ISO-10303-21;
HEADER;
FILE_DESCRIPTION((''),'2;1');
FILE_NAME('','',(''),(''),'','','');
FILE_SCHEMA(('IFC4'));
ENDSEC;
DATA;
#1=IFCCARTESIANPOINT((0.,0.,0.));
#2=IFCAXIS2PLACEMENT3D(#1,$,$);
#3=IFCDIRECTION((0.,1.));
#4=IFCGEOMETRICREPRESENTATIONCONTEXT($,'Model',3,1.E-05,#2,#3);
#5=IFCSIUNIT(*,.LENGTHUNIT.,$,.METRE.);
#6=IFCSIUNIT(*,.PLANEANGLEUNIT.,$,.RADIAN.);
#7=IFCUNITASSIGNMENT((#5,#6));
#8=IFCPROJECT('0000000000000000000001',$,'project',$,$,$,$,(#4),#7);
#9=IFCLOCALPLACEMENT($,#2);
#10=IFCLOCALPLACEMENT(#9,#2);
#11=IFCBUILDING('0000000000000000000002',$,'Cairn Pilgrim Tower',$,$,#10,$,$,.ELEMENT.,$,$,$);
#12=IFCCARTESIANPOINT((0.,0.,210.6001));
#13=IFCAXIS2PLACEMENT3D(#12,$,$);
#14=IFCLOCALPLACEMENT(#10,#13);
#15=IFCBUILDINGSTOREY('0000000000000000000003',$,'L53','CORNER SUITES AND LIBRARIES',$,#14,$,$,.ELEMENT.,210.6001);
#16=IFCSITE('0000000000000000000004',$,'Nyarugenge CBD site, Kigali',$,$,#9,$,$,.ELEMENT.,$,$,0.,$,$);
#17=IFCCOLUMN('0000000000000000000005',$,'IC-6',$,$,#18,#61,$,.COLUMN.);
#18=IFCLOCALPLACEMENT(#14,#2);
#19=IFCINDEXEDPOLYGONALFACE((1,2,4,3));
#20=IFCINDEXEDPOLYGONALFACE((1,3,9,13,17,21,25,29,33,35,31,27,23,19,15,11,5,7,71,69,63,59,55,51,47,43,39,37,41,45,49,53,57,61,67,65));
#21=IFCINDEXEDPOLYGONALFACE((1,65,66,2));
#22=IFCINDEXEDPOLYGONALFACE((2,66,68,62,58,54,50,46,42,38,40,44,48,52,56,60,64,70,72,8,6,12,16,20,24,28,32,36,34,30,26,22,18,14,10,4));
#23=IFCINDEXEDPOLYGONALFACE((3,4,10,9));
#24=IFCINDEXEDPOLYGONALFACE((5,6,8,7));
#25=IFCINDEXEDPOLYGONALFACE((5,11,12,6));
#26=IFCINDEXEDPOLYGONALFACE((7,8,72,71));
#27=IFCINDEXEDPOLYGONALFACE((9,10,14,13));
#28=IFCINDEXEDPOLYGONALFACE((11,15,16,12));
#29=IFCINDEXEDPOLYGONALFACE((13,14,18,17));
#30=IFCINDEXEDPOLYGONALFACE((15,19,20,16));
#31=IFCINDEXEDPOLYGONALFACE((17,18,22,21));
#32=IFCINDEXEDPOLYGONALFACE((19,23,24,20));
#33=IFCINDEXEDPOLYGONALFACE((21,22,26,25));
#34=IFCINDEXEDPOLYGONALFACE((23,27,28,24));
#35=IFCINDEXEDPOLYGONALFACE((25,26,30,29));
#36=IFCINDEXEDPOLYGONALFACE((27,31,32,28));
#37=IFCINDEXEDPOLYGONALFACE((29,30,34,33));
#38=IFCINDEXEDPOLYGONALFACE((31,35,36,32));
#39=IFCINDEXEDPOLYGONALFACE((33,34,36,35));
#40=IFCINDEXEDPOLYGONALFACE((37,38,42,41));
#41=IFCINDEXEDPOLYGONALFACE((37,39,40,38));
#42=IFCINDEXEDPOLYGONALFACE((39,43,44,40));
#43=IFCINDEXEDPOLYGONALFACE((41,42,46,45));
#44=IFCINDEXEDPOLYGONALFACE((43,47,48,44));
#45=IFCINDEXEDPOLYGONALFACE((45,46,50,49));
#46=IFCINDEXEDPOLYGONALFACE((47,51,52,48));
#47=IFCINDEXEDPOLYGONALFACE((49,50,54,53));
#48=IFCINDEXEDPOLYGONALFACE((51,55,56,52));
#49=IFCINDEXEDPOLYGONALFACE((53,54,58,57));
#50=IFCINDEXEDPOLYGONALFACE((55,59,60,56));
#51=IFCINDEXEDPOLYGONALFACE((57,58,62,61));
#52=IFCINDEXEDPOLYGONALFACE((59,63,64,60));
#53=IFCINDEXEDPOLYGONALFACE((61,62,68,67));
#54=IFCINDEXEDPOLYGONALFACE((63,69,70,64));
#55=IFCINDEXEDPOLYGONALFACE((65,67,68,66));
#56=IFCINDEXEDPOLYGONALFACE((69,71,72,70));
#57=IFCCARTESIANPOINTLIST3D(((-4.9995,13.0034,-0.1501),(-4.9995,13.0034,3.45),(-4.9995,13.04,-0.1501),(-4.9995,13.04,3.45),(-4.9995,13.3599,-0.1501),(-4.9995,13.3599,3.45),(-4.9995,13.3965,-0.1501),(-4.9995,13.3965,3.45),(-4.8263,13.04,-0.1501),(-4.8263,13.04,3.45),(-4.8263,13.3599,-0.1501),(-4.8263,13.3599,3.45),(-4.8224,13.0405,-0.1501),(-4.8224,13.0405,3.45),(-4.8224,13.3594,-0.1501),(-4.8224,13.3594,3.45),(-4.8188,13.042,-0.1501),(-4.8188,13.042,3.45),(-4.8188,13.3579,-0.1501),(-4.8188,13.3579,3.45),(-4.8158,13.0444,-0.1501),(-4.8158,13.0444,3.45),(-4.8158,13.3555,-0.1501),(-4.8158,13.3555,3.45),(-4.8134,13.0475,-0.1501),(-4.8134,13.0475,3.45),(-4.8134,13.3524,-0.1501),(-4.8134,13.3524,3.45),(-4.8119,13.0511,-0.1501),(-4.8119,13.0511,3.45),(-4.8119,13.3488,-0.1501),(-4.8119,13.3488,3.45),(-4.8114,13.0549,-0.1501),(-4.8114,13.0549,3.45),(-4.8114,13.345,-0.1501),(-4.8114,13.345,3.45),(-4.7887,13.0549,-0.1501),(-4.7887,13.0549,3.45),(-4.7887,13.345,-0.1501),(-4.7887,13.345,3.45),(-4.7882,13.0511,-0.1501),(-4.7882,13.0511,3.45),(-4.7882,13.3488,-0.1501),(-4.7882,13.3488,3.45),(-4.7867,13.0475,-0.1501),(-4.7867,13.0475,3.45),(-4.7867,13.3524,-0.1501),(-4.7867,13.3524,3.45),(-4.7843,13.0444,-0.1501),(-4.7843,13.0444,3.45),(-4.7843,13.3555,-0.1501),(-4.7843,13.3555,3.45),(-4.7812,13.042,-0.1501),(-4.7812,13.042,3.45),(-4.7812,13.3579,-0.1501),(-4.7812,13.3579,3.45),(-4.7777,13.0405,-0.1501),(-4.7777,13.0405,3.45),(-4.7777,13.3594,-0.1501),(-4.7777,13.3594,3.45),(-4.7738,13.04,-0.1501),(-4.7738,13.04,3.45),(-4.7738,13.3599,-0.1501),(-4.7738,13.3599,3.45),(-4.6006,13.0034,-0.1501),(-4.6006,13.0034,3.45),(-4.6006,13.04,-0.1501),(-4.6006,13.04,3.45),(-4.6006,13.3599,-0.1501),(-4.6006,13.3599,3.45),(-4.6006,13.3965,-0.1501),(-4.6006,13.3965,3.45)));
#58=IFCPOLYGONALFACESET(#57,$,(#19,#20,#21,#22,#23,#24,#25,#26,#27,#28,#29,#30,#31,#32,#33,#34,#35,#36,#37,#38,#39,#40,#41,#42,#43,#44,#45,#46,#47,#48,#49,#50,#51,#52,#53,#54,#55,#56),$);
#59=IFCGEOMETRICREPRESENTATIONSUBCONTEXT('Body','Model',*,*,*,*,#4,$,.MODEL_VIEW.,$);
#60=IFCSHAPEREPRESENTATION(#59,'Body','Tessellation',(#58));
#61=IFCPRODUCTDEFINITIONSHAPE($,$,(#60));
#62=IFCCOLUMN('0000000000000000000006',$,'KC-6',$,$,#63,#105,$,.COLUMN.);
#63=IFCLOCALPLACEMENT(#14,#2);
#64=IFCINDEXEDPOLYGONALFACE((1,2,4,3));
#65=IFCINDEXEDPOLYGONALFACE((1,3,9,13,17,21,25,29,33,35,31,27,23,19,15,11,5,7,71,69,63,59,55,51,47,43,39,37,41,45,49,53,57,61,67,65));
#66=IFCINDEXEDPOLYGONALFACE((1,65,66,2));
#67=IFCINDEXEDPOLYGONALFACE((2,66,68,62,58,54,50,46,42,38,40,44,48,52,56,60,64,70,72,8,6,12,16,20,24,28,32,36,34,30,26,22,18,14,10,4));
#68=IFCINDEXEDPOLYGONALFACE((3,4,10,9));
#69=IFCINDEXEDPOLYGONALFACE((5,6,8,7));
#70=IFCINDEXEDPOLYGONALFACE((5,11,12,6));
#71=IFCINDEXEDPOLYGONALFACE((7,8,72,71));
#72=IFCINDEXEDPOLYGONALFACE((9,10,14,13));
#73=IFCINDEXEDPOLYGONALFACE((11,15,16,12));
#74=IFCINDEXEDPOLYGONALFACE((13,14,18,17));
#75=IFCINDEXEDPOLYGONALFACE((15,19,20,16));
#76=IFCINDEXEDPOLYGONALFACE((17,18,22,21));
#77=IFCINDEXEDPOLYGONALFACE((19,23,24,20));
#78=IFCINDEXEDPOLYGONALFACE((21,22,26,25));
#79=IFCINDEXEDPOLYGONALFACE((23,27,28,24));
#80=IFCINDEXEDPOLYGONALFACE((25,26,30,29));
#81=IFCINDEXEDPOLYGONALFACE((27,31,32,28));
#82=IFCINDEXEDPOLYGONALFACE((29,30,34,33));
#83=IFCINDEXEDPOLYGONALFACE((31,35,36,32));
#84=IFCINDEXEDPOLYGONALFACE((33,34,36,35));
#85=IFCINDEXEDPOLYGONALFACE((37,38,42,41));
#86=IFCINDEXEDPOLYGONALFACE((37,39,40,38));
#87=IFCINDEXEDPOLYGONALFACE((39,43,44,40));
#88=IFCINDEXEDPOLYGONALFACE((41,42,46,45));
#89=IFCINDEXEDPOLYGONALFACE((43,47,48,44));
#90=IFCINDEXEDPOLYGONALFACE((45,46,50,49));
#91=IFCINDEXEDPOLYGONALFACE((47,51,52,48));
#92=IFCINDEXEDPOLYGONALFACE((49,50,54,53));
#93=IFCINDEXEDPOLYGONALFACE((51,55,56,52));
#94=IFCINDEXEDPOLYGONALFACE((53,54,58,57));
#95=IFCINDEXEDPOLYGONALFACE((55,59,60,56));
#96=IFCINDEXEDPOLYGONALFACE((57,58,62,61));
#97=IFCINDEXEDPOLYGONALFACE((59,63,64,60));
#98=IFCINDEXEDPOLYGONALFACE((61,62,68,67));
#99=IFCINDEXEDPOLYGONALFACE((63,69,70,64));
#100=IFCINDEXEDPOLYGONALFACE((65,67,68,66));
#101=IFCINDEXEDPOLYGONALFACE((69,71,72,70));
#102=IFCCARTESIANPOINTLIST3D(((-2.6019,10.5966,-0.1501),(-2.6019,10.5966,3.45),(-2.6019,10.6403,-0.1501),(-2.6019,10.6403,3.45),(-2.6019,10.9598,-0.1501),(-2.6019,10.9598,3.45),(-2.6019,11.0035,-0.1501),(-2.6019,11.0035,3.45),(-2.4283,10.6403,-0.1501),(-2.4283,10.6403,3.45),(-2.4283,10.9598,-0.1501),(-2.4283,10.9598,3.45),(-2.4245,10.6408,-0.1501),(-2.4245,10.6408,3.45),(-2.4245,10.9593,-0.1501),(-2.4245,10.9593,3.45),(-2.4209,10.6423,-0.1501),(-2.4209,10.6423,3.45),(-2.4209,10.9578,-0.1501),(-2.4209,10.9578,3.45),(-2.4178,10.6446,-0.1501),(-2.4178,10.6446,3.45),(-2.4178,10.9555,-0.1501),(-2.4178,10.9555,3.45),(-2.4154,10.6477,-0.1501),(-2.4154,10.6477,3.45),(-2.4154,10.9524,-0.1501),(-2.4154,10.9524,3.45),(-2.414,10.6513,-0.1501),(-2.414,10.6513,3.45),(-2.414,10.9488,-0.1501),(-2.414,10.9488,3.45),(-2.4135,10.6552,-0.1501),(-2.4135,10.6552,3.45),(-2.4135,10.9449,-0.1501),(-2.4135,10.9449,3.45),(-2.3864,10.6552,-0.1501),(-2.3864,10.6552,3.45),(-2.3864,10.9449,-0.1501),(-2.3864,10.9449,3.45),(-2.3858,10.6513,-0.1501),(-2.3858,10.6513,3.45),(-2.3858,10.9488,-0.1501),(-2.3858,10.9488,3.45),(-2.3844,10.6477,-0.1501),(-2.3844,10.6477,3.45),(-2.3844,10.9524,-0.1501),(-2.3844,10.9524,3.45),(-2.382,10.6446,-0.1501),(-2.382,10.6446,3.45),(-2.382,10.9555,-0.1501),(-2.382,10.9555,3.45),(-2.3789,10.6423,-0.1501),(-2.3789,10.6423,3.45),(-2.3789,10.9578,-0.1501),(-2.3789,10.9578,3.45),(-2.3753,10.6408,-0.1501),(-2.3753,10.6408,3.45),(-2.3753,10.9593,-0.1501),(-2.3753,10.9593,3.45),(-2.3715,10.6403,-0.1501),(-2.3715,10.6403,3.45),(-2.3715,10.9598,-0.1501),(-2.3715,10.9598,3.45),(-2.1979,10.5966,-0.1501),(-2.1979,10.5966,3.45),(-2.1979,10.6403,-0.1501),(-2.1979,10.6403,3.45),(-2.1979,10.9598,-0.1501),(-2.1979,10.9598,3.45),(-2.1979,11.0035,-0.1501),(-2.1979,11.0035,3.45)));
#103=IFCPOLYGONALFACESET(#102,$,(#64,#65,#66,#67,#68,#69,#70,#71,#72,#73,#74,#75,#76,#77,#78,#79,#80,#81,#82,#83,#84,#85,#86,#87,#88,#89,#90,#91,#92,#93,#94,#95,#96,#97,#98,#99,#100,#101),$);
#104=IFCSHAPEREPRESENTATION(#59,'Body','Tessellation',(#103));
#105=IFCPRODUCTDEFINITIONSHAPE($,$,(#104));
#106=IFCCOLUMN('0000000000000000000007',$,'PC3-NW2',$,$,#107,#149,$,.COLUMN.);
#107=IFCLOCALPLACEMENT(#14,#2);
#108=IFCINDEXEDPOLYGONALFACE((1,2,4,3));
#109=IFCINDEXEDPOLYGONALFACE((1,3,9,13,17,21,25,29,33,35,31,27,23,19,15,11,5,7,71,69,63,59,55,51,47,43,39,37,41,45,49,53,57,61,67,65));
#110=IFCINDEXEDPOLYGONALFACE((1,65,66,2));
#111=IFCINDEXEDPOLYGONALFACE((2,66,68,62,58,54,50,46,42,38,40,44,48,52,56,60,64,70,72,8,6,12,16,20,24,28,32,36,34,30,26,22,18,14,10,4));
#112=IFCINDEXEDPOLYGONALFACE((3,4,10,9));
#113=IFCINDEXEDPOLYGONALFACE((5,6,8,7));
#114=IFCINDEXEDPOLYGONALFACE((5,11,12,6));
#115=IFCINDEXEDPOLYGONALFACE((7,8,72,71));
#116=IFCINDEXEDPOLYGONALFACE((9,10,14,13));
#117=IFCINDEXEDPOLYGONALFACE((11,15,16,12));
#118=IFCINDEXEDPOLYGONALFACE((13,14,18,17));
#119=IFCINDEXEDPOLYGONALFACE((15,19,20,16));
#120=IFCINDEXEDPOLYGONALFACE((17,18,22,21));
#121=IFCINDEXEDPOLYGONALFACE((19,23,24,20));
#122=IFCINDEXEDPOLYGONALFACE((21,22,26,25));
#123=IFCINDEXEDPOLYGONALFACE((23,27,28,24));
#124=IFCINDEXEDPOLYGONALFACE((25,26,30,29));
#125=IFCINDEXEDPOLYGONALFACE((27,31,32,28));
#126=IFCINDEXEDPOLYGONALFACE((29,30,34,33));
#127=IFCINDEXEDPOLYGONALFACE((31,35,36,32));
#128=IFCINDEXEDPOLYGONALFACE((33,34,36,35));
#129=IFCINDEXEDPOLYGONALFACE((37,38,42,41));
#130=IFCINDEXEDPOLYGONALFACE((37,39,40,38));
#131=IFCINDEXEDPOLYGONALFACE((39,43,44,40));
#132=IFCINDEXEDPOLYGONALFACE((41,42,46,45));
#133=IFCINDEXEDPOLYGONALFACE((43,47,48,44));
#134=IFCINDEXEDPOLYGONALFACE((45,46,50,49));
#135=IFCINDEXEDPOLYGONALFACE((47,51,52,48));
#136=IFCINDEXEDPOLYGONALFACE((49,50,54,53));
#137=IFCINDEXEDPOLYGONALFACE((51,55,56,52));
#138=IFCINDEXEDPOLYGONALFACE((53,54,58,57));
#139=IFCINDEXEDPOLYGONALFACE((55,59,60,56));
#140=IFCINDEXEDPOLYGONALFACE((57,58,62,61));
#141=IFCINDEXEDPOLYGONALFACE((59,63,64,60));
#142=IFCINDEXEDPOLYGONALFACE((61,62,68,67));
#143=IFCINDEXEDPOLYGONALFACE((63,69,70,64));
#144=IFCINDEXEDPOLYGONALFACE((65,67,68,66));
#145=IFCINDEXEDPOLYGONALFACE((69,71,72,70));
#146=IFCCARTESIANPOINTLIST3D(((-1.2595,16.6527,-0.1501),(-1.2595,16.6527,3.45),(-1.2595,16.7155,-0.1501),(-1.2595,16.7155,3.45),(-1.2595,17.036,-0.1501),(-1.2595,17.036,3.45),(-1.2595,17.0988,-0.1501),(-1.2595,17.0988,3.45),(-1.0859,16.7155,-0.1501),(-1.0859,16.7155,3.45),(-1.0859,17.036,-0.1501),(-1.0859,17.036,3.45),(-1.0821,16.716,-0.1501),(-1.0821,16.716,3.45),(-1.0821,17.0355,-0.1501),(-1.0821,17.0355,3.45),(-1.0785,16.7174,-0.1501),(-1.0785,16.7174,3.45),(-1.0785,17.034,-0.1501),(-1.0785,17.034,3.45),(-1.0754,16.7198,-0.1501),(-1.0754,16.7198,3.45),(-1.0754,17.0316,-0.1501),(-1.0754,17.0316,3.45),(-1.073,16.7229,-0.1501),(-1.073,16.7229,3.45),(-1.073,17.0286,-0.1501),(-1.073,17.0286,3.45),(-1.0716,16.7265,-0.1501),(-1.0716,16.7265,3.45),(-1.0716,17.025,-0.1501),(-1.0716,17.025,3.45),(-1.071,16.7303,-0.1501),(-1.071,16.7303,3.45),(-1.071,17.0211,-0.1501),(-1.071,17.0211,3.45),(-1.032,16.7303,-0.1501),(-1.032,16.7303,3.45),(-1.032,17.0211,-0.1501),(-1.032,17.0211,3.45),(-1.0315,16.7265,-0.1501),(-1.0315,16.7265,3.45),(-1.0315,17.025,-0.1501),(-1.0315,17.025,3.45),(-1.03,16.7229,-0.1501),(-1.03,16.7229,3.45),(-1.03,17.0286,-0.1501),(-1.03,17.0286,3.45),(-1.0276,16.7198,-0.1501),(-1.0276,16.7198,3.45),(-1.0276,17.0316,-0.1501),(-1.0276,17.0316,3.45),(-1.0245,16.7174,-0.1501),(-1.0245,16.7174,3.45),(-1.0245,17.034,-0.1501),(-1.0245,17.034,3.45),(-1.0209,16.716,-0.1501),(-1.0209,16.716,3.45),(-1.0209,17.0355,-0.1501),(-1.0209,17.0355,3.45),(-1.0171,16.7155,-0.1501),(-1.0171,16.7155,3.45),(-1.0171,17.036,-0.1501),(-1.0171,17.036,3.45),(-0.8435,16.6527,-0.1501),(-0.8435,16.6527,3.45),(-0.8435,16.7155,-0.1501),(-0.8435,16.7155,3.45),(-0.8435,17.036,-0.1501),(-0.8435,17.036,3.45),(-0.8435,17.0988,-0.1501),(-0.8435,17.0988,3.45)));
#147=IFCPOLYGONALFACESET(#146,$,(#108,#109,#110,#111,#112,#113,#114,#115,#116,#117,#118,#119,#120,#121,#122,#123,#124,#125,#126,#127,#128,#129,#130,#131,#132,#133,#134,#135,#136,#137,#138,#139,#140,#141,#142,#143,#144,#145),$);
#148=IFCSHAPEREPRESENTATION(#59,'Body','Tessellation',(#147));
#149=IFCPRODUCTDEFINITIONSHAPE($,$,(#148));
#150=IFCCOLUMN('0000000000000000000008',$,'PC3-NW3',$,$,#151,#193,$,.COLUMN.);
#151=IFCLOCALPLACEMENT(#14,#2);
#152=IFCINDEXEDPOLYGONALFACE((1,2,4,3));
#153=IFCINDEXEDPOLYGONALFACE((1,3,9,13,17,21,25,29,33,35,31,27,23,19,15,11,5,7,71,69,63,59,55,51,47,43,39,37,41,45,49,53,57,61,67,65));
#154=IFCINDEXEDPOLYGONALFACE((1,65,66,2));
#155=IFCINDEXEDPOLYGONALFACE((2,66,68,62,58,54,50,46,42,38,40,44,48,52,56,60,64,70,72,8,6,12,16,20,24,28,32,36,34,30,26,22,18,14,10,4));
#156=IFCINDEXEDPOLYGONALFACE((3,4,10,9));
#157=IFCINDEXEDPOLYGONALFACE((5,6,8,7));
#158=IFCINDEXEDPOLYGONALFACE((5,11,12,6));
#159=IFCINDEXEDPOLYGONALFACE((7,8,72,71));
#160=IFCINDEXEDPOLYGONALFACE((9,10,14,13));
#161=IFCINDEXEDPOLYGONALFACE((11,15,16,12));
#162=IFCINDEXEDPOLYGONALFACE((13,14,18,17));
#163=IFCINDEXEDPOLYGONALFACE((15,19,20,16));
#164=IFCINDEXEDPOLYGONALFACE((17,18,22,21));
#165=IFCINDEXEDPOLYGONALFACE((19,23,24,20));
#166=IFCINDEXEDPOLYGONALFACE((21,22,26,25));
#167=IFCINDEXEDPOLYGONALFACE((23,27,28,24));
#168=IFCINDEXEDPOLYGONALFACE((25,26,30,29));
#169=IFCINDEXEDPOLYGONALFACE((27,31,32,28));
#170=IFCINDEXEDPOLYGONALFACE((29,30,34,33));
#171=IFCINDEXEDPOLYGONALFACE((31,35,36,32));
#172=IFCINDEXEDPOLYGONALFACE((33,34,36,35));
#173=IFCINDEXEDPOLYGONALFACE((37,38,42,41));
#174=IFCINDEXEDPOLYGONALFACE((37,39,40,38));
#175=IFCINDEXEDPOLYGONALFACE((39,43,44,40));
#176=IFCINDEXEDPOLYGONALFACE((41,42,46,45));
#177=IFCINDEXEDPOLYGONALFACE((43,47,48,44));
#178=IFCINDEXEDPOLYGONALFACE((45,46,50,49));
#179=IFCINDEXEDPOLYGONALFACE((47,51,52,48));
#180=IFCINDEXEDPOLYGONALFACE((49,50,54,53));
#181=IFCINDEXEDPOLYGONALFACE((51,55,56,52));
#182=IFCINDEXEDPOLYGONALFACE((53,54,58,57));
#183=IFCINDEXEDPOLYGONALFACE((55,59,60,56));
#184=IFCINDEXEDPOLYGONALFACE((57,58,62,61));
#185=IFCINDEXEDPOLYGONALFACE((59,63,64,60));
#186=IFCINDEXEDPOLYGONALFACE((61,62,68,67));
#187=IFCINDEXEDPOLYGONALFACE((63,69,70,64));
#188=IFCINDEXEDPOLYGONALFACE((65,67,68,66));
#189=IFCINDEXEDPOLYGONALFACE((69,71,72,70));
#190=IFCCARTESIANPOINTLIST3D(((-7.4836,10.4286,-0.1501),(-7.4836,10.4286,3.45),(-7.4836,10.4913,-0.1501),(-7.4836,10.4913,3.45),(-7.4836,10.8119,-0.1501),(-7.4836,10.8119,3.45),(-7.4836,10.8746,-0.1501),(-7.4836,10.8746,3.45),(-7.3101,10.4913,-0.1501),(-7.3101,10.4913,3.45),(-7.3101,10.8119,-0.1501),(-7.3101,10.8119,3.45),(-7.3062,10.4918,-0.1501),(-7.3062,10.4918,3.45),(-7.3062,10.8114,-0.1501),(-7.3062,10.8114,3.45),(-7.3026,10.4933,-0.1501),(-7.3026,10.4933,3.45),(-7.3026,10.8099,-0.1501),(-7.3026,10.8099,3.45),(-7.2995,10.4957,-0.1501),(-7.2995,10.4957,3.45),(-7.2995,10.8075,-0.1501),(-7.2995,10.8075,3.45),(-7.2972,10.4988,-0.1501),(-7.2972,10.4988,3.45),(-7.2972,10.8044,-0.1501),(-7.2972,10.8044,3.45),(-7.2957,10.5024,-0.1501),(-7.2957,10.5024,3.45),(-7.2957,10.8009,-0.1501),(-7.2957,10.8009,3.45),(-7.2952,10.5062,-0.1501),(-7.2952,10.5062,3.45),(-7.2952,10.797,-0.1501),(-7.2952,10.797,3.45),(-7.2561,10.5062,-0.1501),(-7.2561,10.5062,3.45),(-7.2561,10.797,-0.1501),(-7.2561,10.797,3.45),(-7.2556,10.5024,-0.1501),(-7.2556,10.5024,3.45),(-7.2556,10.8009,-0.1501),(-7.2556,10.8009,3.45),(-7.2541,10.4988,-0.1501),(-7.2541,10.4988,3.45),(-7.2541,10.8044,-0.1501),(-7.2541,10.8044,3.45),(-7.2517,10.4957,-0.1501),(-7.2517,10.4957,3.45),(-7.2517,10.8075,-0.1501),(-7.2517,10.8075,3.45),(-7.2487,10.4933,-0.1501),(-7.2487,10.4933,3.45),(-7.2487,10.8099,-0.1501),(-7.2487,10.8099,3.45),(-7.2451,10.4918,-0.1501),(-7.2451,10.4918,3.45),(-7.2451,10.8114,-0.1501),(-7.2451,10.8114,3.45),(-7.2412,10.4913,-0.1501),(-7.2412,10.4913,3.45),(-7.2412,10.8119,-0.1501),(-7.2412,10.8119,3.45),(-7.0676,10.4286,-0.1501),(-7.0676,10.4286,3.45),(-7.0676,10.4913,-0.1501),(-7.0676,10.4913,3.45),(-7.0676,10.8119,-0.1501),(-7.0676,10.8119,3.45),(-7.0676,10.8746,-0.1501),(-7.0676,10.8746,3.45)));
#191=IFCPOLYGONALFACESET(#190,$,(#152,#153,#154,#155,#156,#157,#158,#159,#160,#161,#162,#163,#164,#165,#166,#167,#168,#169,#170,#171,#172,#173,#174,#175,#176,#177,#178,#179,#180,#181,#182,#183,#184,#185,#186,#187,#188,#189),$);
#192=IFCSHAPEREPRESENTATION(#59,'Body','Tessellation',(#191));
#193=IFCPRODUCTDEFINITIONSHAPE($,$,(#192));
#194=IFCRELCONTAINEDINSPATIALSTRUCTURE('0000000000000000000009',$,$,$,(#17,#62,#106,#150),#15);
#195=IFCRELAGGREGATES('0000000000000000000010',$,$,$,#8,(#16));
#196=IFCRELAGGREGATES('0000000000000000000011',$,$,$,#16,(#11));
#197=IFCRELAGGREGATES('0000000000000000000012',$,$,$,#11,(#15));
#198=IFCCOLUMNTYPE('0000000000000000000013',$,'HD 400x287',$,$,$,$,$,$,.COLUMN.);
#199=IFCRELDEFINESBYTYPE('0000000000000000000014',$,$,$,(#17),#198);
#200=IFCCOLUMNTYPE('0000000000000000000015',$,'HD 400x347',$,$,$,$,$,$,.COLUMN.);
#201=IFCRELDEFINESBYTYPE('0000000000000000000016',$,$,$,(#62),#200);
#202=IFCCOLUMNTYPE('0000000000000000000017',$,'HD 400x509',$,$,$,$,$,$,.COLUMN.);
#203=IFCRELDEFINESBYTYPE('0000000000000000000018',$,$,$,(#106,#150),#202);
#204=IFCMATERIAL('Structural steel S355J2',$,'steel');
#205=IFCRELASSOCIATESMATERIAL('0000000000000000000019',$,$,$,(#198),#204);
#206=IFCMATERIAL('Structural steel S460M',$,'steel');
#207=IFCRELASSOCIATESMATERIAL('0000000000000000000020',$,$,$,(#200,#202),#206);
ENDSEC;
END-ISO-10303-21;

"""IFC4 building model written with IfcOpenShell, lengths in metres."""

from ifc_helpers import new_model, si_unit, direction, frame, origin, origin_2d, place, context, subcontext, project, spatial, i_section, extrude, material, material_profile, profile_set, type_object, element, save


model = new_model("IFC4")

# Units and contexts
model_context = context("Model", 3, precision=1e-05, world=origin(), true_north=direction((0.0, 1.0)))
body_context = subcontext(model_context, "Body", "Model", "MODEL_VIEW")
ifc_project = project(units=[si_unit("LENGTHUNIT", "METRE"), si_unit("PLANEANGLEUNIT", "RADIAN")], contexts=[model_context])

# Site, building, storey
site_placement = place(None, origin())
site = spatial("IfcSite", under=ifc_project, at=site_placement, Name="Nyarugenge CBD site, Kigali", CompositionType="ELEMENT", RefElevation=0.0)
building_placement = place(site_placement, origin())
building = spatial("IfcBuilding", under=site, at=building_placement, Name="Cairn Pilgrim Tower", CompositionType="ELEMENT")
storey_placement = place(building_placement, frame((0.0, 0.0, 210.6001)))
storey = spatial("IfcBuildingStorey", under=building, at=storey_placement, Name="L53", Description="CORNER SUITES AND LIBRARIES", CompositionType="ELEMENT", Elevation=210.6001)

# Columns
ifc_material_1 = material(Name="Structural steel S355J2", Category="steel")
ifc_material_profile_1 = material_profile(ifc_material_1, i_section(OverallWidth=0.3989, OverallDepth=0.3931, WebThickness=0.0227, FlangeThickness=0.0366, FilletRadius=0.0149, at=origin_2d()), Name="HD 400x287")
ifc_profile_set_1 = profile_set([ifc_material_profile_1], Name="Structural steel S355J2")
column_type_1 = type_object("IfcColumnType", Name="HD 400x287", PredefinedType="COLUMN", material=ifc_profile_set_1)
column_1_placement = place(storey_placement, frame((-4.8, 13.2, -0.1501), z_axis=(0.0, 0.0, 1.0), x_axis=(1.0, 0.0, 0.0)))
element("IfcColumn", 1, at=column_1_placement, inside=storey, type_object=column_type_1, Name="IC-6", PredefinedType="COLUMN", context=body_context, shape_type="SweptSolid", body=[
    extrude(i_section(OverallWidth=0.3989, OverallDepth=0.3931, WebThickness=0.0227, FlangeThickness=0.0366, FilletRadius=0.0149, at=origin_2d()), origin(), (0.0, 0.0, 1.0), 3.6001),
])
ifc_material_2 = material(Name="Structural steel S460M", Category="steel")
ifc_material_profile_2 = material_profile(ifc_material_2, i_section(OverallWidth=0.4041, OverallDepth=0.407, WebThickness=0.0271, FlangeThickness=0.0437, FilletRadius=0.0149, at=origin_2d()), Name="HD 400x347")
ifc_profile_set_2 = profile_set([ifc_material_profile_2], Name="Structural steel S460M")
column_type_2 = type_object("IfcColumnType", Name="HD 400x347", PredefinedType="COLUMN", material=ifc_profile_set_2)
column_2_placement = place(storey_placement, frame((-2.3999, 10.8, -0.1501), z_axis=(0.0, 0.0, 1.0), x_axis=(1.0, 0.0, 0.0)))
element("IfcColumn", 2, at=column_2_placement, inside=storey, type_object=column_type_2, Name="KC-6", PredefinedType="COLUMN", context=body_context, shape_type="SweptSolid", body=[
    extrude(i_section(OverallWidth=0.4041, OverallDepth=0.407, WebThickness=0.0271, FlangeThickness=0.0437, FilletRadius=0.0149, at=origin_2d()), origin(), (0.0, 0.0, 1.0), 3.6001),
])
ifc_material_profile_3 = material_profile(ifc_material_2, i_section(OverallWidth=0.416, OverallDepth=0.446, WebThickness=0.0391, FlangeThickness=0.0627, FilletRadius=0.0149, at=origin_2d()), Name="HD 400x509")
ifc_profile_set_3 = profile_set([ifc_material_profile_3], Name="Structural steel S460M")
column_type_3 = type_object("IfcColumnType", Name="HD 400x509", PredefinedType="COLUMN", material=ifc_profile_set_3)
for number, where, z_axis, x_axis, name in (
    (3, (-1.0515, 16.8757, -0.1501), (0.0, 0.0, 1.0), (1.0, 0.0, 0.0), "PC3-NW2"),
    (4, (-7.2756, 10.6516, -0.1501), (0.0, 0.0, 1.0), (1.0, 0.0, 0.0), "PC3-NW3"),
):
    element("IfcColumn", number, at=place(storey_placement, frame(where, z_axis=z_axis, x_axis=x_axis)), inside=storey, type_object=column_type_3, Name=name, PredefinedType="COLUMN", context=body_context, shape_type="SweptSolid", body=[
        extrude(i_section(OverallWidth=0.416, OverallDepth=0.446, WebThickness=0.0391, FlangeThickness=0.0627, FilletRadius=0.0149, at=origin_2d()), origin(), (0.0, 0.0, 1.0), 3.6001),
    ])

save(model, "model.ifc")
